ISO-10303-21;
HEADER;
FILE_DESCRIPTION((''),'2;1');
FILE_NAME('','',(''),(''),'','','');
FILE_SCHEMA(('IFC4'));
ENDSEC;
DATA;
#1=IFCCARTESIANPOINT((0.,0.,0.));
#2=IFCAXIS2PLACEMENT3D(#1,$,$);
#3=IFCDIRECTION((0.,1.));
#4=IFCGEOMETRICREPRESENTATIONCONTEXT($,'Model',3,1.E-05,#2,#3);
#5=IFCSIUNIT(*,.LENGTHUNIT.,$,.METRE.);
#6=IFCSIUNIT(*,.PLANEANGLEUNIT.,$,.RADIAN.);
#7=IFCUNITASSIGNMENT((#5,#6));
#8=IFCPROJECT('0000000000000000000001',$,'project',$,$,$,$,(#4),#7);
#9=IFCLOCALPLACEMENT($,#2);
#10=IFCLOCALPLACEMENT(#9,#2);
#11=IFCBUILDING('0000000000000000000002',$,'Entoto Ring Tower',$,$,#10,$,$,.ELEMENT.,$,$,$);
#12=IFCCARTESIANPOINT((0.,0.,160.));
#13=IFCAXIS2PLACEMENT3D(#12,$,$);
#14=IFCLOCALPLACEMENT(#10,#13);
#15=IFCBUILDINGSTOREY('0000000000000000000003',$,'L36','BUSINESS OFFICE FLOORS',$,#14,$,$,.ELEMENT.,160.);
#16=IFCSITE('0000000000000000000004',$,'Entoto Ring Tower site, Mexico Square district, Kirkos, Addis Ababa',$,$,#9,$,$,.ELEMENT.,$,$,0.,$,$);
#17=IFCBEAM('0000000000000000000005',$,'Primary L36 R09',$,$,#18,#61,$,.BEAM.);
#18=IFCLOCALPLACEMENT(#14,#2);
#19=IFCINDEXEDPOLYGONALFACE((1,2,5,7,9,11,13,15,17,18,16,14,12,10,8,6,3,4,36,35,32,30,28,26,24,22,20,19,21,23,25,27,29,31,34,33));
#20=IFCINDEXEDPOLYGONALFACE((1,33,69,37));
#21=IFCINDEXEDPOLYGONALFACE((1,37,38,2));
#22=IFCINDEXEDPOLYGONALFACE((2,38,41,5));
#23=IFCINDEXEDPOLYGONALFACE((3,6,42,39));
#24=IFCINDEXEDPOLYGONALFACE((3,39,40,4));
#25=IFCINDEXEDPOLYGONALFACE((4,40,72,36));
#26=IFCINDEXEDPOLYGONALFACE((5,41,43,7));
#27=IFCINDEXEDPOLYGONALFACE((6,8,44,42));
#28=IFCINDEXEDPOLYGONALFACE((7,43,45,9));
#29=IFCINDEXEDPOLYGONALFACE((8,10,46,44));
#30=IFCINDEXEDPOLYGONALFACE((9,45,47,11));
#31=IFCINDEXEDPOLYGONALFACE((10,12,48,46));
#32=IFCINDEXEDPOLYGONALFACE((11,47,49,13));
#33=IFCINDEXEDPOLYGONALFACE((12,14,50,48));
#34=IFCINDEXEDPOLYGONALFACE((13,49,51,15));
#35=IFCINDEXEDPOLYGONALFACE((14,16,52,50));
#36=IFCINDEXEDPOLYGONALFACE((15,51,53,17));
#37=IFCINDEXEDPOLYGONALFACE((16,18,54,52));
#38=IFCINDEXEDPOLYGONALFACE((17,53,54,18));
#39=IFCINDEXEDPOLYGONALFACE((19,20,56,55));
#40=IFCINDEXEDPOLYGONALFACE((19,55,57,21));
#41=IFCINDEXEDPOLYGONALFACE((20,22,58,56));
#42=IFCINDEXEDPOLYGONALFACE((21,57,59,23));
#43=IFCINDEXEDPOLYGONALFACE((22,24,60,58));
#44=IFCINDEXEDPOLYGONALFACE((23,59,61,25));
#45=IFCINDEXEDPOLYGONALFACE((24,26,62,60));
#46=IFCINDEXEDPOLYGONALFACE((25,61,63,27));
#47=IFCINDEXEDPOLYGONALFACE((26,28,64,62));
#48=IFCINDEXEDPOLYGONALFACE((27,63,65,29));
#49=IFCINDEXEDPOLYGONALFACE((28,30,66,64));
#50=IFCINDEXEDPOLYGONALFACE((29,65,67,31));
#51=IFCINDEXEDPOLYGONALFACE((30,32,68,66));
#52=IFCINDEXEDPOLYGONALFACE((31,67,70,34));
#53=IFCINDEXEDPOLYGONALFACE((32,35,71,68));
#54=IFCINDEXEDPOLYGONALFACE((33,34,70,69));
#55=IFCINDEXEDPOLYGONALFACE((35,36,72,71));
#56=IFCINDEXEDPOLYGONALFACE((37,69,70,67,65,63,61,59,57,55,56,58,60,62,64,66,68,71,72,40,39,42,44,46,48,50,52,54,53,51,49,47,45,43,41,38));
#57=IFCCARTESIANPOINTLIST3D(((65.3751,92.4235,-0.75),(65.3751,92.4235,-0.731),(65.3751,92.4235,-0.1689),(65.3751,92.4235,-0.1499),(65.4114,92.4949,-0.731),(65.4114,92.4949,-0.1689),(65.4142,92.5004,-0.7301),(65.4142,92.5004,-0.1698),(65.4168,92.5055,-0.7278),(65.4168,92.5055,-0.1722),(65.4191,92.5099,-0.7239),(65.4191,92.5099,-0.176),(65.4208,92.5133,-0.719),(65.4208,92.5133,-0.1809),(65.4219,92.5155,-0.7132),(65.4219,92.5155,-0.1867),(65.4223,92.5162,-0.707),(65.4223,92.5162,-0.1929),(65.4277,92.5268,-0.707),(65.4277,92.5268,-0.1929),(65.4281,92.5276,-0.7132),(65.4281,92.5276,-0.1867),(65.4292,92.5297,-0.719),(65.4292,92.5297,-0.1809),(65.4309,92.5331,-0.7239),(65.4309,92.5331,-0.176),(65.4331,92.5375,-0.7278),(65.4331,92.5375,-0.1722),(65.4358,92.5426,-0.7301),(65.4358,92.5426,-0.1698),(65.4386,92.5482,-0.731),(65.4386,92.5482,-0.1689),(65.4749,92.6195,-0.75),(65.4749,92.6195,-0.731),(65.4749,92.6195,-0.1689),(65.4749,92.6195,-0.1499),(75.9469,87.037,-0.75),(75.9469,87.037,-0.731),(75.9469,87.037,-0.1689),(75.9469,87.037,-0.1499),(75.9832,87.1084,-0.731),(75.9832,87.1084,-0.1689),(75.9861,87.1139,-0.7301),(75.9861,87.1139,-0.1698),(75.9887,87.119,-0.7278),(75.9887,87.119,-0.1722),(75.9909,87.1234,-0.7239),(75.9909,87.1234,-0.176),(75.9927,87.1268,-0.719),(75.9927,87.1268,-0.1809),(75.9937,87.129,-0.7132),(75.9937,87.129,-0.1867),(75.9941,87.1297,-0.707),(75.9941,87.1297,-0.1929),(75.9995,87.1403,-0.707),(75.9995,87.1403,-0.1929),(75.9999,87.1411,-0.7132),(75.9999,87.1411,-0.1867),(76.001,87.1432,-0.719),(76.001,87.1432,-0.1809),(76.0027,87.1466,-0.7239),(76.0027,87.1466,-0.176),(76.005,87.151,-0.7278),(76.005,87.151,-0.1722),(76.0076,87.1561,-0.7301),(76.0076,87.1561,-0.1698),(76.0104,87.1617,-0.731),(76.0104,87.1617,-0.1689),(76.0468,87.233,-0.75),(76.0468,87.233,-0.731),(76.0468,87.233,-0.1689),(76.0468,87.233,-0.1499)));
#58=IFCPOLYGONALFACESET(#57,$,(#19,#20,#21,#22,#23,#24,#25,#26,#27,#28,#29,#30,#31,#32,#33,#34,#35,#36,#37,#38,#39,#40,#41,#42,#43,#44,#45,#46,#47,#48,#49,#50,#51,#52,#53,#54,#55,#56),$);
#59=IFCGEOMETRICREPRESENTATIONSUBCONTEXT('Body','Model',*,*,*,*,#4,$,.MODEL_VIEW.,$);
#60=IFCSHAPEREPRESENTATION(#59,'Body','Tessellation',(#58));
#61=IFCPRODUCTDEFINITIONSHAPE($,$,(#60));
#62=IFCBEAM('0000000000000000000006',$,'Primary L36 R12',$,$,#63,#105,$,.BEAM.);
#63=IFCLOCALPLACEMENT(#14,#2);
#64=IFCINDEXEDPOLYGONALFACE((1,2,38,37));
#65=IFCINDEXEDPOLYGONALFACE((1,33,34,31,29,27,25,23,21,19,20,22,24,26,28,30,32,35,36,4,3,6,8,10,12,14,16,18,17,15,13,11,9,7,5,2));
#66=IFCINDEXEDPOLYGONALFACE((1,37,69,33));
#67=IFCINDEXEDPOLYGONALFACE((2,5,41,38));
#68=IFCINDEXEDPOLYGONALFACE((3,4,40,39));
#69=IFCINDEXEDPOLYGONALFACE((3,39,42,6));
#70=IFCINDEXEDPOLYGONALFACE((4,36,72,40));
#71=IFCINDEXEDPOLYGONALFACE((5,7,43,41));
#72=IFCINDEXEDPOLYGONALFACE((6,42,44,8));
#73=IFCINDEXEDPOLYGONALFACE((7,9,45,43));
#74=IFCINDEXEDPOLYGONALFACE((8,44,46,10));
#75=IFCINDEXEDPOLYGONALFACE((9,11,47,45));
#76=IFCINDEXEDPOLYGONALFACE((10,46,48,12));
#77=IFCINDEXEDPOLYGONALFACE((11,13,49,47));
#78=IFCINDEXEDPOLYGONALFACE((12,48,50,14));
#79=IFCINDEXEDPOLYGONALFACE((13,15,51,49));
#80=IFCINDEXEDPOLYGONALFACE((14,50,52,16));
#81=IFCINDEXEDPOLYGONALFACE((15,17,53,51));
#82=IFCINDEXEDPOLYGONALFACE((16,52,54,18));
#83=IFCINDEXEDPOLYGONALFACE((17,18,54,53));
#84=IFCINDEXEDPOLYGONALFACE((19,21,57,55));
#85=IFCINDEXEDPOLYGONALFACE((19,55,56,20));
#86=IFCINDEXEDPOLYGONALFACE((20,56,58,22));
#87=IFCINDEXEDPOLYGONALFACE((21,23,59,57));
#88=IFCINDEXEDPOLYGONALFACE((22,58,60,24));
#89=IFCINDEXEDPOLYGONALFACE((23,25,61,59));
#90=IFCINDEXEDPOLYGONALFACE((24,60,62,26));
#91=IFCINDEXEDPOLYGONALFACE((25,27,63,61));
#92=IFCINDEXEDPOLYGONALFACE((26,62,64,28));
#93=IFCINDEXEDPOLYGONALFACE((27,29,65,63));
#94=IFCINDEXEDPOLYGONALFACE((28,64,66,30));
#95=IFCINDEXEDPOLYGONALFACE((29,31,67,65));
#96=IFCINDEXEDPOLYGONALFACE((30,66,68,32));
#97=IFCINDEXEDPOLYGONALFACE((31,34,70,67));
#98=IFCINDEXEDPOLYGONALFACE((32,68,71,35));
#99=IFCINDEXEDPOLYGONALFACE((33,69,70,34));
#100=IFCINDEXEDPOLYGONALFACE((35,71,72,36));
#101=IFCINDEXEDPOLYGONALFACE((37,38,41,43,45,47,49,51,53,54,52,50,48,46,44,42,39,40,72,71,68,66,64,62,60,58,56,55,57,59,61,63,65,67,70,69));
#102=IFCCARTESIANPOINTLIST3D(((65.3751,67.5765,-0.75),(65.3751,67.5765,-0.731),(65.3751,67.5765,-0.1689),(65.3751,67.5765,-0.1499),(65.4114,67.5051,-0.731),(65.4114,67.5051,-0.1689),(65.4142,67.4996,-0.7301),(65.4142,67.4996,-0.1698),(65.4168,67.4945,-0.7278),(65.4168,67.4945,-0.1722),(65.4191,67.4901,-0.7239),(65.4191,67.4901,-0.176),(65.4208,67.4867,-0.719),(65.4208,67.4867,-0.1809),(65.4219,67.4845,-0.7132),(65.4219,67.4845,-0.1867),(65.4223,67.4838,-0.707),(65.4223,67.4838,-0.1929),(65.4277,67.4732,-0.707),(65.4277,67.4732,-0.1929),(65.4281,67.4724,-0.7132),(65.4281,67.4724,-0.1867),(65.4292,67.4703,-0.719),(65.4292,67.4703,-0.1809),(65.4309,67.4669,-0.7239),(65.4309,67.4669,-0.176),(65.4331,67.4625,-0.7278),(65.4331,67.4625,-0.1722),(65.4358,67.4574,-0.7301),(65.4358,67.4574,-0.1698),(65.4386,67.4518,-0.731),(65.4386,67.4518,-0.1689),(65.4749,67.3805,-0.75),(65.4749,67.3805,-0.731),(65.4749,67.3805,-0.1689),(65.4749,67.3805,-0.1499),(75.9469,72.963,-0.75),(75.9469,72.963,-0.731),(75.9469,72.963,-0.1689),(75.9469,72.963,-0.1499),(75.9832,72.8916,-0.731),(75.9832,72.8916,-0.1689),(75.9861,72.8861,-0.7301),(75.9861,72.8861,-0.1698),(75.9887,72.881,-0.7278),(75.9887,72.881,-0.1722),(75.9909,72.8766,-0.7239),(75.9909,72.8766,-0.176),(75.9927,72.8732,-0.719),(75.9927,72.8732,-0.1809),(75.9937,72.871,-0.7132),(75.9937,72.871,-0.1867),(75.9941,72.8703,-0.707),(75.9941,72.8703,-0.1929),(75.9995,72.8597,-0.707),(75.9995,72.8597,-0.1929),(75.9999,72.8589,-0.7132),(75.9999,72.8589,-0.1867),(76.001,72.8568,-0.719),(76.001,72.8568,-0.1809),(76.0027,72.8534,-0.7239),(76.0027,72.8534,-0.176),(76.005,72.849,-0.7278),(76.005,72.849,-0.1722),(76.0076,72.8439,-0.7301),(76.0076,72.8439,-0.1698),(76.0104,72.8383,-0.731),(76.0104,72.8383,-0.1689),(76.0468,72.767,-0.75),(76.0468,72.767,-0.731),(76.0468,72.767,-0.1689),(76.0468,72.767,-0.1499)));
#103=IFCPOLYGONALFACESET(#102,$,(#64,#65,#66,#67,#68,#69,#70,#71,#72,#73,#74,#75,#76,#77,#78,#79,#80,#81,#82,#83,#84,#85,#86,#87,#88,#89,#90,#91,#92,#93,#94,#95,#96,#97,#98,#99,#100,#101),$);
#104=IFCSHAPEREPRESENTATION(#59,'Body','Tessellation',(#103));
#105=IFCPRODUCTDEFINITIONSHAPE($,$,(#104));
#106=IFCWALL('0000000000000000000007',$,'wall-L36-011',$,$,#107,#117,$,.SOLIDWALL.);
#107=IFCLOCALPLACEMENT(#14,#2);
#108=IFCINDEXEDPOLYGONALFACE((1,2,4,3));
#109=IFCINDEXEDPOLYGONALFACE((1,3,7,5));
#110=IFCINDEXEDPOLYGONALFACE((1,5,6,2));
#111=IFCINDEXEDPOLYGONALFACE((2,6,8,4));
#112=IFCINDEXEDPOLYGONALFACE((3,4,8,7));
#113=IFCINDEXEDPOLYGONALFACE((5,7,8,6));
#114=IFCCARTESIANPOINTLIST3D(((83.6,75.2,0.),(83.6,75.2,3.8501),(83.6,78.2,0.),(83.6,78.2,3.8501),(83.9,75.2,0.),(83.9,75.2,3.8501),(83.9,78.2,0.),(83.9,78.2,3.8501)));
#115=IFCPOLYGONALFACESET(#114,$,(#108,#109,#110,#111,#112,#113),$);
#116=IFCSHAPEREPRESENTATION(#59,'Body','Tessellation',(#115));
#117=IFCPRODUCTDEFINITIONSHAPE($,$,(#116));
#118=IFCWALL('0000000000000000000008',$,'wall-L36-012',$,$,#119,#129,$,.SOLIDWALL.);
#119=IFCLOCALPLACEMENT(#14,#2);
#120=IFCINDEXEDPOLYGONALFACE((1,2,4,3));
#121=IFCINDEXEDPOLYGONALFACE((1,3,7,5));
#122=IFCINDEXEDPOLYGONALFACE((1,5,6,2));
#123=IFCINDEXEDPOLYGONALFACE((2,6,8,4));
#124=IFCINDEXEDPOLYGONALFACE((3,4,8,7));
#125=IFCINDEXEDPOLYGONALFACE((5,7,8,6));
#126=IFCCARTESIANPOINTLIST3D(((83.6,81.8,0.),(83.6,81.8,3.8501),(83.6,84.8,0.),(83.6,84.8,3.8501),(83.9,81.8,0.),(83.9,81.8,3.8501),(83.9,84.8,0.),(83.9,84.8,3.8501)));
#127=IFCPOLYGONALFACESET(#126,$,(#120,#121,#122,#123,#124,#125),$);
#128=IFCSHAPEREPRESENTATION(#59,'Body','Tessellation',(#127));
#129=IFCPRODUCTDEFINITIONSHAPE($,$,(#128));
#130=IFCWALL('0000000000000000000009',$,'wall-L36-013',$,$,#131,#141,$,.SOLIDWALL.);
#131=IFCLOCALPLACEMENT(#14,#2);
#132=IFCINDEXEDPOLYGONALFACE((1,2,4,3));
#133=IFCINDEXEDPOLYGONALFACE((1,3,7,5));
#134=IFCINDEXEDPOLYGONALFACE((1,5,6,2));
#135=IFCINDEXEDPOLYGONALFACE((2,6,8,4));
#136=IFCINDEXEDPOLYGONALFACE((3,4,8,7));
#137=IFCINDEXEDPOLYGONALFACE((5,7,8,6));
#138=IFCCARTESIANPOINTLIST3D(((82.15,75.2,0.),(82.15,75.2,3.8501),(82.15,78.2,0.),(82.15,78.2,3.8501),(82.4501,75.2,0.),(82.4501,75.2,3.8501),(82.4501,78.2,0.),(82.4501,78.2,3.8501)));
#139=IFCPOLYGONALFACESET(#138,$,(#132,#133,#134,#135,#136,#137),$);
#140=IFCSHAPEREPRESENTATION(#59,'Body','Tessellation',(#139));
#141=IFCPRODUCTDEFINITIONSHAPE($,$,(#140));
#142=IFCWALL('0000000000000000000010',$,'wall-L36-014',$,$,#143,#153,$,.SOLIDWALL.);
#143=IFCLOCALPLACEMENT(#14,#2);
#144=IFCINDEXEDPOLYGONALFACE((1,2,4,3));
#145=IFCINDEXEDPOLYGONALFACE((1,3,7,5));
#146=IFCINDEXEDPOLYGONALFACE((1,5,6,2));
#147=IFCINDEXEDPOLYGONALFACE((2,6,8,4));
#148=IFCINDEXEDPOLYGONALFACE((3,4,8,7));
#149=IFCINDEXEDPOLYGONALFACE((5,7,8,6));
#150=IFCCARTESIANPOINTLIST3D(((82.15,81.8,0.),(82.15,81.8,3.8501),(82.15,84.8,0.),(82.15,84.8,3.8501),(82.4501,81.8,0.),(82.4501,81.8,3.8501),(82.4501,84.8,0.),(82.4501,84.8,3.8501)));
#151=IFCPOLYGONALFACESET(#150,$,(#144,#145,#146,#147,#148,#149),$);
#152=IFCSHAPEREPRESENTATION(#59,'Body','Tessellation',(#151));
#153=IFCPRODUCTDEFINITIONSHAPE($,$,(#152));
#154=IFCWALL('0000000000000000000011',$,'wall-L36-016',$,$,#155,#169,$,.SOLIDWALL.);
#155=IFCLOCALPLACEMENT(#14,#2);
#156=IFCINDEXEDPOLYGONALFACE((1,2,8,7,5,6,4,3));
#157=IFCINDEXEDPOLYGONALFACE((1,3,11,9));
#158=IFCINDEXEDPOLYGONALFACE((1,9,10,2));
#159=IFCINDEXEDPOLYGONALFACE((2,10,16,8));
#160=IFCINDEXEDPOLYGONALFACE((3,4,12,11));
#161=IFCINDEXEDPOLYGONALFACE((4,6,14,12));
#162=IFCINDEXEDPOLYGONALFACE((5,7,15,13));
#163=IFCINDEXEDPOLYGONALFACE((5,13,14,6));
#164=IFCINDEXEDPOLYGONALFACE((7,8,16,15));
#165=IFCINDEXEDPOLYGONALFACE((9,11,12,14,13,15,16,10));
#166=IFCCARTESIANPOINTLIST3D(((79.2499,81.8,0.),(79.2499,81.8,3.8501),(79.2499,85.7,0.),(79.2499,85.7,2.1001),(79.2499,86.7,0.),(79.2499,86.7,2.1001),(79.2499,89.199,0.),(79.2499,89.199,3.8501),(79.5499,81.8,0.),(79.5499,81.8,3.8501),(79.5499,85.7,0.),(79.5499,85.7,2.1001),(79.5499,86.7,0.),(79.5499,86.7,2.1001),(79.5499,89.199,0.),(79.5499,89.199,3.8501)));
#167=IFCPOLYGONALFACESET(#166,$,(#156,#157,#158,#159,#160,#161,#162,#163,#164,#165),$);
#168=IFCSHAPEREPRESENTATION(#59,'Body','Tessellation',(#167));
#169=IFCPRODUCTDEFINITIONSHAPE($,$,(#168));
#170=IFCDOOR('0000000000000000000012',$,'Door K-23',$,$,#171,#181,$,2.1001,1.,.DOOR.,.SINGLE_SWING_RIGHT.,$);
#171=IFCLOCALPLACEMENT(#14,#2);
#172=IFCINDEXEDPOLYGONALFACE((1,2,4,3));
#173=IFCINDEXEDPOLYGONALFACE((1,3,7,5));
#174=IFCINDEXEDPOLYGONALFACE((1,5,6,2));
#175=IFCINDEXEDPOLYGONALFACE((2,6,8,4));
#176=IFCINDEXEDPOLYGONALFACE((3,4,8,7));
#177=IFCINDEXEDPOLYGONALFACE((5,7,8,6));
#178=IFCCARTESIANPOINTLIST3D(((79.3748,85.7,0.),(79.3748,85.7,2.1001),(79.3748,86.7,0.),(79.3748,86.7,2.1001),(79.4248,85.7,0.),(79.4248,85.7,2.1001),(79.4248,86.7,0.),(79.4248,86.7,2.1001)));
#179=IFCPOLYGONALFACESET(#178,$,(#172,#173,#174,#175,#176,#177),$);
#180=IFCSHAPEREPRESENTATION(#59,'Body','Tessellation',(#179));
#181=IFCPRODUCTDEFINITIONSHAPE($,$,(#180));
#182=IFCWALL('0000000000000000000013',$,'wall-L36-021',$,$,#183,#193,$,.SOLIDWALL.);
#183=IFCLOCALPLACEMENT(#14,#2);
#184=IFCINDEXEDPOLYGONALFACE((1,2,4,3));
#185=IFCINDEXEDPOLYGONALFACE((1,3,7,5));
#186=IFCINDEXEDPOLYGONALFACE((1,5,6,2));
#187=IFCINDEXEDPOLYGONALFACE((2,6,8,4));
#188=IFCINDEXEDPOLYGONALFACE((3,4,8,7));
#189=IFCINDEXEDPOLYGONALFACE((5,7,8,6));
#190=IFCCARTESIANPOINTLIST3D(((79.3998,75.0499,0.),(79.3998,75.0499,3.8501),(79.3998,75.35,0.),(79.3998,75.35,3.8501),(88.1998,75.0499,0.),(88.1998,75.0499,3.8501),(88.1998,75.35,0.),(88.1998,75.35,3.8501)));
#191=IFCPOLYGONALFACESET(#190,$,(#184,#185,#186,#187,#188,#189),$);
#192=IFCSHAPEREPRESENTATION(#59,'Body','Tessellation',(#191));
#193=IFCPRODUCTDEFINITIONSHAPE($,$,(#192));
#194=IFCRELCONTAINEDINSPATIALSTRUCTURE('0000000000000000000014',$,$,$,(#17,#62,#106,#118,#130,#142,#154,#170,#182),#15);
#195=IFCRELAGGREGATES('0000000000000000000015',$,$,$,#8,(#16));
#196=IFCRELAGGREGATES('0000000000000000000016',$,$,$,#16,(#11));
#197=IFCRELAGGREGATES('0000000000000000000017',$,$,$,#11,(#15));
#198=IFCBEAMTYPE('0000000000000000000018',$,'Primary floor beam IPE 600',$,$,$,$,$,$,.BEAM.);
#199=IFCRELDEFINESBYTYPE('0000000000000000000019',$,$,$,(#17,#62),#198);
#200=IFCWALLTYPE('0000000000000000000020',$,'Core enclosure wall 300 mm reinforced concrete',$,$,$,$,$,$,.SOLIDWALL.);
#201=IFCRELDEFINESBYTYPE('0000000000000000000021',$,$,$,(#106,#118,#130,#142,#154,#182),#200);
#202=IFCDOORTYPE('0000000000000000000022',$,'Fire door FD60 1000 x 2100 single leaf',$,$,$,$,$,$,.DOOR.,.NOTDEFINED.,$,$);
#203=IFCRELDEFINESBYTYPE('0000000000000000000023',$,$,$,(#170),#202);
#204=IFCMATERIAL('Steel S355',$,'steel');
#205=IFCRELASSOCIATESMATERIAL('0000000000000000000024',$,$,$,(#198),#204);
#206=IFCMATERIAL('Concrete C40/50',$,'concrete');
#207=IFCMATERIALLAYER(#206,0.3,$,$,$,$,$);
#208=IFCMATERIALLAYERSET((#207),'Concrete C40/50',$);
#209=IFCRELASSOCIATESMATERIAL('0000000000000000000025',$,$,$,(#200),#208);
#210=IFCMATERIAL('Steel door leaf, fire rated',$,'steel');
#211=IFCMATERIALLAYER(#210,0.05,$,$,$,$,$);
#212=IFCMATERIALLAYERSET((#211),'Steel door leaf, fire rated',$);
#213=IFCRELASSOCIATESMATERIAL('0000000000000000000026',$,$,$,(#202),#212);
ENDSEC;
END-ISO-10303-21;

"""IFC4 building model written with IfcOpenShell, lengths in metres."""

from ifc_helpers import new_model, si_unit, direction, frame, frame_2d, origin, origin_2d, place, context, subcontext, project, spatial, rectangle, i_section, extrude, material, layer, layer_set, material_profile, profile_set, type_object, element, fill, save


model = new_model("IFC4")

# Units and contexts
model_context = context("Model", 3, precision=1e-05, world=origin(), true_north=direction((0.0, 1.0)))
body_context = subcontext(model_context, "Body", "Model", "MODEL_VIEW")
ifc_project = project(units=[si_unit("LENGTHUNIT", "METRE"), si_unit("PLANEANGLEUNIT", "RADIAN")], contexts=[model_context])

# Site, building, storey
site_placement = place(None, origin())
site = spatial("IfcSite", under=ifc_project, at=site_placement, Name="Entoto Ring Tower site, Mexico Square district, Kirkos, Addis Ababa", CompositionType="ELEMENT", RefElevation=0.0)
building_placement = place(site_placement, origin())
building = spatial("IfcBuilding", under=site, at=building_placement, Name="Entoto Ring Tower", CompositionType="ELEMENT")
storey_placement = place(building_placement, frame((0.0, 0.0, 160.0)))
storey = spatial("IfcBuildingStorey", under=building, at=storey_placement, Name="L36", Description="BUSINESS OFFICE FLOORS", CompositionType="ELEMENT", Elevation=160.0)

# Beams
ifc_material_1 = material(Name="Steel S355", Category="steel")
ifc_material_profile = material_profile(ifc_material_1, i_section(OverallWidth=0.22, OverallDepth=0.6001, WebThickness=0.012, FlangeThickness=0.019, FilletRadius=0.0239, at=origin_2d()), Name="IPE 600")
ifc_profile_set = profile_set([ifc_material_profile], Name="Steel S355")
beam_type = type_object("IfcBeamType", Name="Primary floor beam IPE 600", PredefinedType="BEAM", material=ifc_profile_set)
for number, where, z_axis, x_axis, name in (
    (1, (75.9968, 87.135, -0.45), (-0.89101, 0.453983, 0.0), (-0.453983, -0.89101, 0.0), "Primary L36 R09"),
    (2, (75.9968, 72.865, -0.45), (-0.89101, -0.453983, 0.0), (0.453983, -0.89101, 0.0), "Primary L36 R12"),
):
    element("IfcBeam", number, at=place(storey_placement, frame(where, z_axis=z_axis, x_axis=x_axis)), inside=storey, type_object=beam_type, Name=name, PredefinedType="BEAM", context=body_context, shape_type="SweptSolid", body=[
        extrude(i_section(OverallWidth=0.22, OverallDepth=0.6001, WebThickness=0.012, FlangeThickness=0.019, FilletRadius=0.0239, at=origin_2d()), origin(), (0.0, 0.0, 1.0), 11.865),
    ])

# Walls
ifc_material_2 = material(Name="Concrete C40/50", Category="concrete")
ifc_layer_1 = layer(ifc_material_2, 0.3)
ifc_layer_set_1 = layer_set([ifc_layer_1], Name="Concrete C40/50")
wall_type = type_object("IfcWallType", Name="Core enclosure wall 300 mm reinforced concrete", PredefinedType="SOLIDWALL", material=ifc_layer_set_1)
for number, where, z_axis, x_axis, name in (
    (3, (83.75, 75.2, 0.0), (0.0, 0.0, 1.0), (0.0, 1.0, 0.0), "wall-L36-011"),
    (4, (83.75, 81.8, 0.0), (0.0, 0.0, 1.0), (0.0, 1.0, 0.0), "wall-L36-012"),
    (5, (82.3, 75.2, 0.0), (0.0, 0.0, 1.0), (0.0, 1.0, 0.0), "wall-L36-013"),
    (6, (82.3, 81.8, 0.0), (0.0, 0.0, 1.0), (0.0, 1.0, 0.0), "wall-L36-014"),
):
    element("IfcWall", number, at=place(storey_placement, frame(where, z_axis=z_axis, x_axis=x_axis)), inside=storey, type_object=wall_type, Name=name, PredefinedType="SOLIDWALL", context=body_context, shape_type="SweptSolid", body=[
        extrude(rectangle(XDim=3.0, YDim=0.3, at=frame_2d((1.5, 0.0))), origin(), (0.0, 0.0, 1.0), 3.8501),
    ])

# Wall, opening, door
wall_1_placement = place(storey_placement, frame((79.3999, 81.8, 0.0), z_axis=(0.0, 0.0, 1.0), x_axis=(0.0, 1.0, 0.0)))
wall_1 = element("IfcWall", 7, at=wall_1_placement, inside=storey, type_object=wall_type, Name="wall-L36-016", PredefinedType="SOLIDWALL", context=body_context, shape_type="SweptSolid", body=[
    extrude(rectangle(XDim=7.3989, YDim=0.3, at=frame_2d((3.6995, 0.0))), origin(), (0.0, 0.0, 1.0), 3.8501),
])
opening_1_placement = place(wall_1_placement, frame((3.8999, 0.0, 0.0)))
opening_1 = element("IfcOpeningElement", 8, at=opening_1_placement, cuts=wall_1, PredefinedType="OPENING", context=body_context, shape_type="SweptSolid", body=[
    extrude(rectangle(XDim=1.0, YDim=2.1001, at=frame_2d((0.5, 1.05))), frame((0.0, 0.1602, 0.0), z_axis=(0.0, -1.0, 0.0), x_axis=(1.0, 0.0, 0.0)), (0.0, 0.0, 1.0), 0.3201),
])
ifc_material_3 = material(Name="Steel door leaf, fire rated", Category="steel")
ifc_layer_2 = layer(ifc_material_3, 0.05)
ifc_layer_set_2 = layer_set([ifc_layer_2], Name="Steel door leaf, fire rated")
door_type_1 = type_object("IfcDoorType", Name="Fire door FD60 1000 x 2100 single leaf", OperationType="NOTDEFINED", PredefinedType="DOOR", material=ifc_layer_set_2)
door_1_placement = place(opening_1_placement, frame((1.0, 0.0, 0.0), z_axis=(0.0, 0.0, 1.0), x_axis=(-1.0, 0.0, 0.0)))
door_1 = element("IfcDoor", 9, at=door_1_placement, inside=storey, type_object=door_type_1, Name="Door K-23", OperationType="SINGLE_SWING_RIGHT", OverallHeight=2.1001, OverallWidth=1.0, PredefinedType="DOOR", context=body_context, shape_type="SweptSolid", body=[
    extrude(rectangle(XDim=1.0, YDim=2.1001, at=frame_2d((0.5, 1.05))), frame((0.0, 0.0249, 0.0), z_axis=(0.0, -1.0, 0.0), x_axis=(1.0, 0.0, 0.0)), (0.0, 0.0, 1.0), 0.05),
])
fill(opening_1, door_1)

# Wall
wall_2_placement = place(storey_placement, frame((79.3999, 75.2, 0.0), z_axis=(0.0, 0.0, 1.0), x_axis=(1.0, 0.0, 0.0)))
element("IfcWall", 10, at=wall_2_placement, inside=storey, type_object=wall_type, Name="wall-L36-021", PredefinedType="SOLIDWALL", context=body_context, shape_type="SweptSolid", body=[
    extrude(rectangle(XDim=8.8, YDim=0.3, at=frame_2d((4.3999, 0.0))), origin(), (0.0, 0.0, 1.0), 3.8501),
])

save(model, "model.ifc")
